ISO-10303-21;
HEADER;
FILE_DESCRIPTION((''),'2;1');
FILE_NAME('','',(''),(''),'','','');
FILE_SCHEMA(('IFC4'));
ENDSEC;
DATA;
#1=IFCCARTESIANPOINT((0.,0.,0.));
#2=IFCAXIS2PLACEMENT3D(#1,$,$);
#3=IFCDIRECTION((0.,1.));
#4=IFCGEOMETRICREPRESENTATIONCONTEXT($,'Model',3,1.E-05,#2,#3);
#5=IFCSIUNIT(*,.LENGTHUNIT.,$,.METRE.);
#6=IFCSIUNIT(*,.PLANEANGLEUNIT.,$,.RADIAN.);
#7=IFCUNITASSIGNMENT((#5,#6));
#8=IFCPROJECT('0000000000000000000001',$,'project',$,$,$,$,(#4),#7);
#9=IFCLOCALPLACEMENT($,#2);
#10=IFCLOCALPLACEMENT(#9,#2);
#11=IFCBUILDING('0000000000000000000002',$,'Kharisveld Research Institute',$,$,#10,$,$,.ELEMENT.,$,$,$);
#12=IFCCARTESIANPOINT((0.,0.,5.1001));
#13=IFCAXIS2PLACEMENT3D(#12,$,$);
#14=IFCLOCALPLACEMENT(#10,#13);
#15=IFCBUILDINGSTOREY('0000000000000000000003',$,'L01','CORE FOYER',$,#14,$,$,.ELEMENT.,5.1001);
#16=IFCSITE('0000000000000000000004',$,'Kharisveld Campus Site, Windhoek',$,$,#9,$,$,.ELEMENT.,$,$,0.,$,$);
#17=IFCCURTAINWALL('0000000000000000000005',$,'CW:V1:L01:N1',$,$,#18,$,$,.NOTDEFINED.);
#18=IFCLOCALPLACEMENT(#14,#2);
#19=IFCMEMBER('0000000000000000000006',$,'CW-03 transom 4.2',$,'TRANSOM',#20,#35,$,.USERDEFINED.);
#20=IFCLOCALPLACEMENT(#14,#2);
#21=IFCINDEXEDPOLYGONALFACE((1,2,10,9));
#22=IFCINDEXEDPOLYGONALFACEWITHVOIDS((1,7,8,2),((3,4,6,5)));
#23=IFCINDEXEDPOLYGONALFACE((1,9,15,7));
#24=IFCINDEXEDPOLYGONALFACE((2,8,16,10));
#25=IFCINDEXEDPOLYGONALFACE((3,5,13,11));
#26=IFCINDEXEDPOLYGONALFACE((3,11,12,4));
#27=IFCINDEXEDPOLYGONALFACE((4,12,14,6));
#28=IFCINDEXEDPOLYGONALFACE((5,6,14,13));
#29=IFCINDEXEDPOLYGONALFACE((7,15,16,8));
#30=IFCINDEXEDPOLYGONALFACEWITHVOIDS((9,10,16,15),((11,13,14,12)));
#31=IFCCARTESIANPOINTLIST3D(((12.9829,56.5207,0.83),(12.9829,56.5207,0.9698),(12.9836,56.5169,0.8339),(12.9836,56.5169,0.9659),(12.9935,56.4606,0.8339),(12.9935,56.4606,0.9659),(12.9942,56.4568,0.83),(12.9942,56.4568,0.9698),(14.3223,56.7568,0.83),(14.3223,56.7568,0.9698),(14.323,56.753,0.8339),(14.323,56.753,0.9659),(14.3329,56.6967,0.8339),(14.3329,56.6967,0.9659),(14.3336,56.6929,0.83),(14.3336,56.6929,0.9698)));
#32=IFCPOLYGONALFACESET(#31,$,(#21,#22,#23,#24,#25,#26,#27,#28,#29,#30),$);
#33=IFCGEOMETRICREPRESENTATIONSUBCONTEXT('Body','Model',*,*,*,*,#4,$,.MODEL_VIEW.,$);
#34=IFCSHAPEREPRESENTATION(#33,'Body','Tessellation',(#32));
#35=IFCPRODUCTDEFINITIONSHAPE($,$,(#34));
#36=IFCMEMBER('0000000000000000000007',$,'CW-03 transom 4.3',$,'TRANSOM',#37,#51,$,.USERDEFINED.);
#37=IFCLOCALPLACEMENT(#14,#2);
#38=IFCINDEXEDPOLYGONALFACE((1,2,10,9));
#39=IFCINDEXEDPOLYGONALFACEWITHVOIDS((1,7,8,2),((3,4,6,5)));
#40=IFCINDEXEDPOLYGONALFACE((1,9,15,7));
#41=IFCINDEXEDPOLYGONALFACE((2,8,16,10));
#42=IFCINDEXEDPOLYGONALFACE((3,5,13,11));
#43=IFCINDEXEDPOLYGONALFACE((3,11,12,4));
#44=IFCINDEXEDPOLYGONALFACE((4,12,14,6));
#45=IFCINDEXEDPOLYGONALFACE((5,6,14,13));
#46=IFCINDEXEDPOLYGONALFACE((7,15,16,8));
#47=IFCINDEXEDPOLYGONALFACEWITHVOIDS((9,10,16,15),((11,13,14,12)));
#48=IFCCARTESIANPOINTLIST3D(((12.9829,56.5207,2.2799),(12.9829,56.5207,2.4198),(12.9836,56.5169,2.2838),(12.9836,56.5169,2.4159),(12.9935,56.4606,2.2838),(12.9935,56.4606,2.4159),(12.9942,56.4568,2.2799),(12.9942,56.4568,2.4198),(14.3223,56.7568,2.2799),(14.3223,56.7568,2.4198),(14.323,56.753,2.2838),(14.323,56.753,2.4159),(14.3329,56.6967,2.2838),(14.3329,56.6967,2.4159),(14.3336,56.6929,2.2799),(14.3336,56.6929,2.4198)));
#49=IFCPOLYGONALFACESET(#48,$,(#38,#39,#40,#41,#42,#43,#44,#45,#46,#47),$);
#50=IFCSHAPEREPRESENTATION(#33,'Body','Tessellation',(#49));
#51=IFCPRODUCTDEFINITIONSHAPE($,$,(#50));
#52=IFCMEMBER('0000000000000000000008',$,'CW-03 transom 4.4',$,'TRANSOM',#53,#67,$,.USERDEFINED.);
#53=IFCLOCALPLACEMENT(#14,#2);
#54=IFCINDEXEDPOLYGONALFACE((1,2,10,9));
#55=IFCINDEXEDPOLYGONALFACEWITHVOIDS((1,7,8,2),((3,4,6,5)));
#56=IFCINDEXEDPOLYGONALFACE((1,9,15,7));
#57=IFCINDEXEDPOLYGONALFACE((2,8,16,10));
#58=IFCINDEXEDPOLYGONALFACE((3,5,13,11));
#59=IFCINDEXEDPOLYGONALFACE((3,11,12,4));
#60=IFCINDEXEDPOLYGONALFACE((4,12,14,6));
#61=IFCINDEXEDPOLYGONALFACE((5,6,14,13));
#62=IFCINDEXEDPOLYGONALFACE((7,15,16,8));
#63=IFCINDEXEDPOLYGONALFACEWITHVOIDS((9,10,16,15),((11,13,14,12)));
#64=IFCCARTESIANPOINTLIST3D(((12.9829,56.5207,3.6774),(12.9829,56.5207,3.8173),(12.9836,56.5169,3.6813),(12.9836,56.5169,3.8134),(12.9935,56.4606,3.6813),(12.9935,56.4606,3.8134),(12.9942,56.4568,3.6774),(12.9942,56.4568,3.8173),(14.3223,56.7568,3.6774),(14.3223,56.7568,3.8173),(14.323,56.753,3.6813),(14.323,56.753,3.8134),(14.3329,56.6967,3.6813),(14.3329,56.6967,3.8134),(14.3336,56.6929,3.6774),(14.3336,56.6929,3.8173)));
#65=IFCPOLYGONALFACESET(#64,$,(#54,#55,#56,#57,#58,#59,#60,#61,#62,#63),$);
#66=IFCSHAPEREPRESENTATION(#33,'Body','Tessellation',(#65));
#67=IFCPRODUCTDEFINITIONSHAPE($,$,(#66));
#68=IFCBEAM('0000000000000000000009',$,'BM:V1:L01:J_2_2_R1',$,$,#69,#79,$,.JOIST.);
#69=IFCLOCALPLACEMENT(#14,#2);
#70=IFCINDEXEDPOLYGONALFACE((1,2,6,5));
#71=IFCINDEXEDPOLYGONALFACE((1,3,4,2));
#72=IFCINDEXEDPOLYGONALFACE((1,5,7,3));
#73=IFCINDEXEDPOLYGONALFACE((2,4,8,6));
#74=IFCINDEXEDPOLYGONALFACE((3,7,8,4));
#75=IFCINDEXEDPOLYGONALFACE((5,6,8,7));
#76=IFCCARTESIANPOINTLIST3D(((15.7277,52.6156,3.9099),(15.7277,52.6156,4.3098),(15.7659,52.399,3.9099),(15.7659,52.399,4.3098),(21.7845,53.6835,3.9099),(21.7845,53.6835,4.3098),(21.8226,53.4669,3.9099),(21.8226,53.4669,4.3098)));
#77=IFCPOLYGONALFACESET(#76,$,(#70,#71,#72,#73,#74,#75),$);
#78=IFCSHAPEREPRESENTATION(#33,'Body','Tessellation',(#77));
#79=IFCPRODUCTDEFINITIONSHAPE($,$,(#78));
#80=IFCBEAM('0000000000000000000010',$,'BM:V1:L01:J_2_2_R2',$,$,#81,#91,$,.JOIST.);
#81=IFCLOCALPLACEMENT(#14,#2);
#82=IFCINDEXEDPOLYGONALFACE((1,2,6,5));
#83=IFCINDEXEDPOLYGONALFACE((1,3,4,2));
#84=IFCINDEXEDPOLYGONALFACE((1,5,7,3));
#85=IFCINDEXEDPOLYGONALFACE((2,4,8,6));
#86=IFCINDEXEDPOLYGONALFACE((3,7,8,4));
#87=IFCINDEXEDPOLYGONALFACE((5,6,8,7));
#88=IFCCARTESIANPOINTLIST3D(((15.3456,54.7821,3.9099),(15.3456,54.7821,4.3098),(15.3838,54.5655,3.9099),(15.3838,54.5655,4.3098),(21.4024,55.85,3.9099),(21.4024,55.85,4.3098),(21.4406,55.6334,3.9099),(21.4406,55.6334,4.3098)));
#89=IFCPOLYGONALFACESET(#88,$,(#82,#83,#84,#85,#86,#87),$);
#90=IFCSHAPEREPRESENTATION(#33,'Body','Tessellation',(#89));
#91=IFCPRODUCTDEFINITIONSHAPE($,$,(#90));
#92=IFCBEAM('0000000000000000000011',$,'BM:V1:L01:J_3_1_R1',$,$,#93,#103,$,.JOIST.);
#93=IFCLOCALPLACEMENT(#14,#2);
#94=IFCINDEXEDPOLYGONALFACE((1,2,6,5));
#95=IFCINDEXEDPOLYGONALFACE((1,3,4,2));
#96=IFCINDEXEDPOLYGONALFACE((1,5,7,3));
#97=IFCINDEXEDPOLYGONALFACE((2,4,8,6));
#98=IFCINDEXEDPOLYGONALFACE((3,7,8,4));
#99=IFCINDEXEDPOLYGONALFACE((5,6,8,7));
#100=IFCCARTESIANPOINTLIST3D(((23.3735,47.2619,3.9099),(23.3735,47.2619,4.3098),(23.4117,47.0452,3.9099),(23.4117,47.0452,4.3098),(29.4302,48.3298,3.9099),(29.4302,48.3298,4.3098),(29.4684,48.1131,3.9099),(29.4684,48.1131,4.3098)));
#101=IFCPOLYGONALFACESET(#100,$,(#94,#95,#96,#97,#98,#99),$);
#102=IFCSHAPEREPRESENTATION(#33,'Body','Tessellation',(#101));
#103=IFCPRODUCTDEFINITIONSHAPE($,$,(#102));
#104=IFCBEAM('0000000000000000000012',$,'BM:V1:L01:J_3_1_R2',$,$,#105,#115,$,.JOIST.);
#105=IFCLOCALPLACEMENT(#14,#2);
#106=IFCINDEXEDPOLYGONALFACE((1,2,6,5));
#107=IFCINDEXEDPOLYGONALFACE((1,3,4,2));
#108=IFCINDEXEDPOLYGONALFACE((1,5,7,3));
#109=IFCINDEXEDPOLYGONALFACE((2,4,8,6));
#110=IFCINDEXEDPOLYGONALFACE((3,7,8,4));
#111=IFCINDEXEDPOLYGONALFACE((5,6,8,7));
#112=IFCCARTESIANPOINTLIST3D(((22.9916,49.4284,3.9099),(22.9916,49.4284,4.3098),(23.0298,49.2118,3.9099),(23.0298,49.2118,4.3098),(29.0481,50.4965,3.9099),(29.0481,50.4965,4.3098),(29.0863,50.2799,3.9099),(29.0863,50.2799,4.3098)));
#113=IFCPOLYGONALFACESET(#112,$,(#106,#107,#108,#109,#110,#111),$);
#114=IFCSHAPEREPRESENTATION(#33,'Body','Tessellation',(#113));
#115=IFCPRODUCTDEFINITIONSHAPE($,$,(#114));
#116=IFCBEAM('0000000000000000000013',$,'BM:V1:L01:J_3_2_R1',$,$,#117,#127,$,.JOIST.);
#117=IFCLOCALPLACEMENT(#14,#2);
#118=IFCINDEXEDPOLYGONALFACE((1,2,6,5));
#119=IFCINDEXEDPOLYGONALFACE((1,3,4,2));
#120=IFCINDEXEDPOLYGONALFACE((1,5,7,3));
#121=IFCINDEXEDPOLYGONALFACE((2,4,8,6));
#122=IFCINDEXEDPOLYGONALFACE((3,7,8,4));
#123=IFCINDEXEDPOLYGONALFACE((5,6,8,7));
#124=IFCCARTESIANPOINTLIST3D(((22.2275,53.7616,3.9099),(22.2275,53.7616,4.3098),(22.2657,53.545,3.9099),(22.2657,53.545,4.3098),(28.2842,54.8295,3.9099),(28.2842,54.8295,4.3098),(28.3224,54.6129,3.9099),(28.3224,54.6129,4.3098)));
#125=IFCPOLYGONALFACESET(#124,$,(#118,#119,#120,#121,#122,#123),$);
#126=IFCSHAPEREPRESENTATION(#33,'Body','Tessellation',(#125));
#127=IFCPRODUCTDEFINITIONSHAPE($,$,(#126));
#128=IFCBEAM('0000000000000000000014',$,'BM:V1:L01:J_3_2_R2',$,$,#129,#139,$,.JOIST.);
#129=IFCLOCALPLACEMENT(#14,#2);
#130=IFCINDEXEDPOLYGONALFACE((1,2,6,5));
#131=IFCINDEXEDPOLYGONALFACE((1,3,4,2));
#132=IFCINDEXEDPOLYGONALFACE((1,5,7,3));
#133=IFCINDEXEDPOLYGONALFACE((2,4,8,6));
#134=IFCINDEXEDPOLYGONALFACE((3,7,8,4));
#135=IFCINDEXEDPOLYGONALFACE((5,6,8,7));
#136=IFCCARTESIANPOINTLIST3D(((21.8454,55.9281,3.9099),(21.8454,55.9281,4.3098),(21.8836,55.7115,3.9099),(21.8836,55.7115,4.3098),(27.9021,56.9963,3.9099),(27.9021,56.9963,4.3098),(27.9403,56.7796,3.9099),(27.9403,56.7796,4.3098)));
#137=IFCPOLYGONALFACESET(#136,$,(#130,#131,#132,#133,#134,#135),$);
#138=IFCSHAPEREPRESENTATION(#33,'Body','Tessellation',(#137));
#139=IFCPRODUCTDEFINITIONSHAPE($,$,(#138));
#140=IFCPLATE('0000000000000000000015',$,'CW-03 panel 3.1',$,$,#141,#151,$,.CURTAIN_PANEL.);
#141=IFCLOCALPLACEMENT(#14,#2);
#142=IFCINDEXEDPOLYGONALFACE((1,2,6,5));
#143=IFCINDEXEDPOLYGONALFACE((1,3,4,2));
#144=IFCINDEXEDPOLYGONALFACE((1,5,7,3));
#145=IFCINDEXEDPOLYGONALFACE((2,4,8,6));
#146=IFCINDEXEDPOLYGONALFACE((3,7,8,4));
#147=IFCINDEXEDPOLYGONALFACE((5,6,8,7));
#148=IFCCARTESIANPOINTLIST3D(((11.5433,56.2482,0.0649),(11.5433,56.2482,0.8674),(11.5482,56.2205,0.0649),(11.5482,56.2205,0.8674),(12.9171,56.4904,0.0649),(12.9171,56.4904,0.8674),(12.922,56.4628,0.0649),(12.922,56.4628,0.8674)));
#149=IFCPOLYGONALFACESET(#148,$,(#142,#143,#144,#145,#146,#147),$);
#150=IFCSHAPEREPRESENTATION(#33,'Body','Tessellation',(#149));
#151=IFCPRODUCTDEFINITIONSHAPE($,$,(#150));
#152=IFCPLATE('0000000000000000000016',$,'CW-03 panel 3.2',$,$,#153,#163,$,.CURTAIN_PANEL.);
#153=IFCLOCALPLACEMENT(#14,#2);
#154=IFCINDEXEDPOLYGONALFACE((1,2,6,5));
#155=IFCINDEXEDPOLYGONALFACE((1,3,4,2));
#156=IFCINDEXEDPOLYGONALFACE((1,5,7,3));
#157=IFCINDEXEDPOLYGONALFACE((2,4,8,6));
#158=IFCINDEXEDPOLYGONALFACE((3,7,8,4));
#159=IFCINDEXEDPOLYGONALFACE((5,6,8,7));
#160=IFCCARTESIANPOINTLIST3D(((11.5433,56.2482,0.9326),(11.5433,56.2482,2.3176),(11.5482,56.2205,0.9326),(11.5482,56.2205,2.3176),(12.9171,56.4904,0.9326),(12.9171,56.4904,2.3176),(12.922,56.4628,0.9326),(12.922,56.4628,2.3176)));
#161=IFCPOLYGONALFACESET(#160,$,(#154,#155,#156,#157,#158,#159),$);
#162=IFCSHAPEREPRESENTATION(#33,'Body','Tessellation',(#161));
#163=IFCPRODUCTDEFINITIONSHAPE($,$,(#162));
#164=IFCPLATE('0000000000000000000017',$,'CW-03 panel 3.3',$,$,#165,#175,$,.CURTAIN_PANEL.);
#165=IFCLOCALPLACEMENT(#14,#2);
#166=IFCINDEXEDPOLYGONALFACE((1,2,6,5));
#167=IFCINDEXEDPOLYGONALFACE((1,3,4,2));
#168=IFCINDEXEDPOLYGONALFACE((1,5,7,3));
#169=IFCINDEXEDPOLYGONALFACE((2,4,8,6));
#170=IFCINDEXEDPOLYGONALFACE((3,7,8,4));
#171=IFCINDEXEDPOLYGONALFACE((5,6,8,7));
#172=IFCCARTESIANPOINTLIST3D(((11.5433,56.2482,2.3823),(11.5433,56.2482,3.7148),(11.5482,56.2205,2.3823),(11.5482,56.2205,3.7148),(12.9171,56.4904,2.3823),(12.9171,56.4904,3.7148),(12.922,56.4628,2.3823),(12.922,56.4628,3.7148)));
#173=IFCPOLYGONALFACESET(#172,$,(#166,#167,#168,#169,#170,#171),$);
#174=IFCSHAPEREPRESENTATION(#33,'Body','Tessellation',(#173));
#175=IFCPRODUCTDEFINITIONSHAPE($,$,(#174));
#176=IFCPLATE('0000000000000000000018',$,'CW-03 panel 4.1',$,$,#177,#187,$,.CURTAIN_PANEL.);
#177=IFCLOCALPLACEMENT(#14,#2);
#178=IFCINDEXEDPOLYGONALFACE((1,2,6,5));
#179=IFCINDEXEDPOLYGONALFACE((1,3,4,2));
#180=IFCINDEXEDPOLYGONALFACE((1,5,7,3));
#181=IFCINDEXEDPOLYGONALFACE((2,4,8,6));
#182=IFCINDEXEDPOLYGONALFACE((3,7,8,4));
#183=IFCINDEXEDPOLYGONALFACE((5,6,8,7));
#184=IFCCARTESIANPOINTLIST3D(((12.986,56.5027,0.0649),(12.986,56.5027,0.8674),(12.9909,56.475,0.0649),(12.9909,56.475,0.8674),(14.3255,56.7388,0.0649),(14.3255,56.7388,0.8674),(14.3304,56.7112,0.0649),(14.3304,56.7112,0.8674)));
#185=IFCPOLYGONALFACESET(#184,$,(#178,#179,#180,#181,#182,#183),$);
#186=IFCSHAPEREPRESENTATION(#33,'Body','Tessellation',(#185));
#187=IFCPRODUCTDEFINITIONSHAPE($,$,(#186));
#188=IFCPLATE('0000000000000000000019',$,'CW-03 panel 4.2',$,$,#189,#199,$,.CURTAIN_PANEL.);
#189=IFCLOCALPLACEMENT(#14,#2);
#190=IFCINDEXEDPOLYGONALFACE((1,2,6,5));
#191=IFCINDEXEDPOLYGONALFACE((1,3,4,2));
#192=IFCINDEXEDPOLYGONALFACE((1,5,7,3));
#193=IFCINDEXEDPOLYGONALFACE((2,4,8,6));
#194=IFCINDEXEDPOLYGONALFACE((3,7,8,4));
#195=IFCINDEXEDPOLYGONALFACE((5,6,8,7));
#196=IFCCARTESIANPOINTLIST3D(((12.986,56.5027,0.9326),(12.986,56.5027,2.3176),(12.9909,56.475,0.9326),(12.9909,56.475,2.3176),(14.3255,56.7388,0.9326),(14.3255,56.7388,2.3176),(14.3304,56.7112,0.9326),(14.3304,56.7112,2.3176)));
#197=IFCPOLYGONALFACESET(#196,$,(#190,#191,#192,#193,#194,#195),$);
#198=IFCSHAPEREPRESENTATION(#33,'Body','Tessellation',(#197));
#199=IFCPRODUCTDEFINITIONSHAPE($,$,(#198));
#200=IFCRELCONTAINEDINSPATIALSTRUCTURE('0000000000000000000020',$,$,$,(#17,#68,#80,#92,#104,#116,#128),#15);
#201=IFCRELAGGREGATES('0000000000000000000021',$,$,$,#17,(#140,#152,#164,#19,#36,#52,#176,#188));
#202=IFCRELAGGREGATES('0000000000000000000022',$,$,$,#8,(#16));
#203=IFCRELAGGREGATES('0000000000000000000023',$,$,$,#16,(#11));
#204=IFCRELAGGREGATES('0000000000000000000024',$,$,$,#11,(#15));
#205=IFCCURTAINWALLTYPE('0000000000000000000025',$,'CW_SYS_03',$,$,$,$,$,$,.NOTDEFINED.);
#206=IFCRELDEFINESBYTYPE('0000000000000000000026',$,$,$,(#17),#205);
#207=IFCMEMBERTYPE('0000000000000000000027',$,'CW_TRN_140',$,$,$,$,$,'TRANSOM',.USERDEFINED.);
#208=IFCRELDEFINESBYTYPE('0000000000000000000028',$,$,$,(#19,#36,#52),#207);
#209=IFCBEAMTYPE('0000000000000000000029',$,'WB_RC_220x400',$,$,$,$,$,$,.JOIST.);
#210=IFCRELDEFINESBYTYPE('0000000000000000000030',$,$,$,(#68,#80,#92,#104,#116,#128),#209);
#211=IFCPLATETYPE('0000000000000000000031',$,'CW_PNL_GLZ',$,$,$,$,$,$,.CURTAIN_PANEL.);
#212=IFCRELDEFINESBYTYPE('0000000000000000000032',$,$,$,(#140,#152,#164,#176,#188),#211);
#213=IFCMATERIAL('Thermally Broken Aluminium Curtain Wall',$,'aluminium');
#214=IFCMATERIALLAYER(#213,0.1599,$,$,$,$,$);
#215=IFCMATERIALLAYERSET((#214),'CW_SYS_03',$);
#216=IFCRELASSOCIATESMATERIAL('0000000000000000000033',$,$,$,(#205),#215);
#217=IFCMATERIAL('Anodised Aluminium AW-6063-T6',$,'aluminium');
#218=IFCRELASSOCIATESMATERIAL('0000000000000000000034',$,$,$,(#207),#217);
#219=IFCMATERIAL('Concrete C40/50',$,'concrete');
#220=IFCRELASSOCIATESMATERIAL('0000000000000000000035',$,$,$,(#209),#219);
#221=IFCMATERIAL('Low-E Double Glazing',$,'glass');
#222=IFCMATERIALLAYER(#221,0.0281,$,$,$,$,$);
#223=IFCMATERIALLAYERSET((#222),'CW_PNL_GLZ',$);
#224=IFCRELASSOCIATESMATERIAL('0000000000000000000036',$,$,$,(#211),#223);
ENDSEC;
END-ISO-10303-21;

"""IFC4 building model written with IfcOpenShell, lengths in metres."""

from ifc_helpers import new_model, si_unit, direction, frame, origin, origin_2d, place, context, subcontext, project, spatial, rectangle, hollow_rectangle, extrude, material, layer, layer_set, material_profile, profile_set, type_object, element, aggregate, save


model = new_model("IFC4")

# Units and contexts
model_context = context("Model", 3, precision=1e-05, world=origin(), true_north=direction((0.0, 1.0)))
body_context = subcontext(model_context, "Body", "Model", "MODEL_VIEW")
ifc_project = project(units=[si_unit("LENGTHUNIT", "METRE"), si_unit("PLANEANGLEUNIT", "RADIAN")], contexts=[model_context])

# Site, building, storey
site_placement = place(None, origin())
site = spatial("IfcSite", under=ifc_project, at=site_placement, Name="Kharisveld Campus Site, Windhoek", CompositionType="ELEMENT", RefElevation=0.0)
building_placement = place(site_placement, origin())
building = spatial("IfcBuilding", under=site, at=building_placement, Name="Kharisveld Research Institute", CompositionType="ELEMENT")
storey_placement = place(building_placement, frame((0.0, 0.0, 5.1001)))
storey = spatial("IfcBuildingStorey", under=building, at=storey_placement, Name="L01", Description="CORE FOYER", CompositionType="ELEMENT", Elevation=5.1001)

# Curtain wall, members
ifc_material_1 = material(Name="Thermally Broken Aluminium Curtain Wall", Category="aluminium")
ifc_layer_1 = layer(ifc_material_1, 0.1599)
ifc_layer_set_1 = layer_set([ifc_layer_1], Name="CW_SYS_03")
curtain_wall_type = type_object("IfcCurtainWallType", Name="CW_SYS_03", PredefinedType="NOTDEFINED", material=ifc_layer_set_1)
curtain_wall_placement = place(storey_placement, origin())
curtain_wall = element("IfcCurtainWall", 1, at=curtain_wall_placement, inside=storey, type_object=curtain_wall_type, Name="CW:V1:L01:N1", PredefinedType="NOTDEFINED")
ifc_material_2 = material(Name="Anodised Aluminium AW-6063-T6", Category="aluminium")
ifc_material_profile_1 = material_profile(ifc_material_2, hollow_rectangle(XDim=0.0649, YDim=0.1399, WallThickness=0.0039, at=origin_2d()))
ifc_profile_set_1 = profile_set([ifc_material_profile_1], Name="Anodised Aluminium AW-6063-T6")
member_type_1 = type_object("IfcMemberType", Name="CW_TRN_140", ElementType="TRANSOM", PredefinedType="USERDEFINED", material=ifc_profile_set_1)
member_1_placement = place(storey_placement, frame((12.9885, 56.4888, 0.8999), z_axis=(0.984818, 0.173591, 0.0), x_axis=(-0.173591, 0.984818, 0.0)))
member_1 = element("IfcMember", 2, at=member_1_placement, type_object=member_type_1, Name="CW-03 transom 4.2", ObjectType="TRANSOM", PredefinedType="USERDEFINED", context=body_context, shape_type="SweptSolid", body=[
    extrude(hollow_rectangle(XDim=0.0649, YDim=0.1399, WallThickness=0.0039, at=origin_2d()), origin(), (0.0, 0.0, 1.0), 1.3601),
])
member_2_placement = place(storey_placement, frame((12.9885, 56.4888, 2.3499), z_axis=(0.984818, 0.173591, 0.0), x_axis=(-0.173591, 0.984818, 0.0)))
member_2 = element("IfcMember", 3, at=member_2_placement, type_object=member_type_1, Name="CW-03 transom 4.3", ObjectType="TRANSOM", PredefinedType="USERDEFINED", context=body_context, shape_type="SweptSolid", body=[
    extrude(hollow_rectangle(XDim=0.0649, YDim=0.1399, WallThickness=0.0039, at=origin_2d()), origin(), (0.0, 0.0, 1.0), 1.3601),
])
member_3_placement = place(storey_placement, frame((12.9885, 56.4888, 3.7473), z_axis=(0.984818, 0.173591, 0.0), x_axis=(-0.173591, 0.984818, 0.0)))
member_3 = element("IfcMember", 4, at=member_3_placement, type_object=member_type_1, Name="CW-03 transom 4.4", ObjectType="TRANSOM", PredefinedType="USERDEFINED", context=body_context, shape_type="SweptSolid", body=[
    extrude(hollow_rectangle(XDim=0.0649, YDim=0.1399, WallThickness=0.0039, at=origin_2d()), origin(), (0.0, 0.0, 1.0), 1.3601),
])

# Beams
ifc_material_3 = material(Name="Concrete C40/50", Category="concrete")
ifc_material_profile_2 = material_profile(ifc_material_3, rectangle(XDim=0.22, YDim=0.3999, at=origin_2d()))
ifc_profile_set_2 = profile_set([ifc_material_profile_2], Name="Concrete C40/50")
beam_type_1 = type_object("IfcBeamType", Name="WB_RC_220x400", PredefinedType="JOIST", material=ifc_profile_set_2)
for number, where, z_axis, x_axis, name in (
    (5, (15.7468, 52.5073, 4.1099), (0.98481, 0.173636, 0.0), (-0.173636, 0.98481, 0.0), "BM:V1:L01:J_2_2_R1"),
    (6, (15.3647, 54.6738, 4.1099), (0.98481, 0.173636, 0.0), (-0.173636, 0.98481, 0.0), "BM:V1:L01:J_2_2_R2"),
    (7, (23.3926, 47.1536, 4.1099), (0.98481, 0.173636, 0.0), (-0.173636, 0.98481, 0.0), "BM:V1:L01:J_3_1_R1"),
):
    element("IfcBeam", number, at=place(storey_placement, frame(where, z_axis=z_axis, x_axis=x_axis)), inside=storey, type_object=beam_type_1, Name=name, PredefinedType="JOIST", context=body_context, shape_type="SweptSolid", body=[
        extrude(rectangle(XDim=0.22, YDim=0.3999, at=origin_2d()), origin(), (0.0, 0.0, 1.0), 6.1501),
    ])
beam_placement = place(storey_placement, frame((23.0107, 49.3201, 4.1099), z_axis=(0.984802, 0.173681, 0.0), x_axis=(-0.173681, 0.984802, 0.0)))
element("IfcBeam", 8, at=beam_placement, inside=storey, type_object=beam_type_1, Name="BM:V1:L01:J_3_1_R2", PredefinedType="JOIST", context=body_context, shape_type="SweptSolid", body=[
    extrude(rectangle(XDim=0.22, YDim=0.3999, at=origin_2d()), origin(), (0.0, 0.0, 1.0), 6.1499),
])
for number, where, z_axis, x_axis, name in (
    (9, (22.2466, 53.6533, 4.1099), (0.98481, 0.173636, 0.0), (-0.173636, 0.98481, 0.0), "BM:V1:L01:J_3_2_R1"),
    (10, (21.8645, 55.8198, 4.1099), (0.984803, 0.173674, 0.0), (-0.173674, 0.984803, 0.0), "BM:V1:L01:J_3_2_R2"),
):
    element("IfcBeam", number, at=place(storey_placement, frame(where, z_axis=z_axis, x_axis=x_axis)), inside=storey, type_object=beam_type_1, Name=name, PredefinedType="JOIST", context=body_context, shape_type="SweptSolid", body=[
        extrude(rectangle(XDim=0.22, YDim=0.3999, at=origin_2d()), origin(), (0.0, 0.0, 1.0), 6.1501),
    ])

# Plates
ifc_material_4 = material(Name="Low-E Double Glazing", Category="glass")
ifc_layer_2 = layer(ifc_material_4, 0.0281)
ifc_layer_set_2 = layer_set([ifc_layer_2], Name="CW_PNL_GLZ")
plate_type = type_object("IfcPlateType", Name="CW_PNL_GLZ", PredefinedType="CURTAIN_PANEL", material=ifc_layer_set_2)
plate_1_placement = place(storey_placement, frame((12.2327, 56.3555, 0.0649), z_axis=(0.0, 0.0, 1.0), x_axis=(0.984808, 0.173648, 0.0)))
plate_1 = element("IfcPlate", 11, at=plate_1_placement, type_object=plate_type, Name="CW-03 panel 3.1", PredefinedType="CURTAIN_PANEL", context=body_context, shape_type="SweptSolid", body=[
    extrude(rectangle(XDim=1.395, YDim=0.0281, at=origin_2d()), origin(), (0.0, 0.0, 1.0), 0.8025),
])
plate_2_placement = place(storey_placement, frame((12.2327, 56.3555, 0.9326), z_axis=(0.0, 0.0, 1.0), x_axis=(0.984808, 0.173648, 0.0)))
plate_2 = element("IfcPlate", 12, at=plate_2_placement, type_object=plate_type, Name="CW-03 panel 3.2", PredefinedType="CURTAIN_PANEL", context=body_context, shape_type="SweptSolid", body=[
    extrude(rectangle(XDim=1.395, YDim=0.0281, at=origin_2d()), origin(), (0.0, 0.0, 1.0), 1.385),
])
plate_3_placement = place(storey_placement, frame((12.2327, 56.3555, 2.3823), z_axis=(0.0, 0.0, 1.0), x_axis=(0.984808, 0.173648, 0.0)))
plate_3 = element("IfcPlate", 13, at=plate_3_placement, type_object=plate_type, Name="CW-03 panel 3.3", PredefinedType="CURTAIN_PANEL", context=body_context, shape_type="SweptSolid", body=[
    extrude(rectangle(XDim=1.395, YDim=0.0281, at=origin_2d()), origin(), (0.0, 0.0, 1.0), 1.3325),
])
plate_4_placement = place(storey_placement, frame((13.6582, 56.6069, 0.0649), z_axis=(0.0, 0.0, 1.0), x_axis=(0.984808, 0.173648, 0.0)))
plate_4 = element("IfcPlate", 14, at=plate_4_placement, type_object=plate_type, Name="CW-03 panel 4.1", PredefinedType="CURTAIN_PANEL", context=body_context, shape_type="SweptSolid", body=[
    extrude(rectangle(XDim=1.3601, YDim=0.0281, at=origin_2d()), origin(), (0.0, 0.0, 1.0), 0.8025),
])
plate_5_placement = place(storey_placement, frame((13.6582, 56.6069, 0.9326), z_axis=(0.0, 0.0, 1.0), x_axis=(0.984808, 0.173648, 0.0)))
plate_5 = element("IfcPlate", 15, at=plate_5_placement, type_object=plate_type, Name="CW-03 panel 4.2", PredefinedType="CURTAIN_PANEL", context=body_context, shape_type="SweptSolid", body=[
    extrude(rectangle(XDim=1.3601, YDim=0.0281, at=origin_2d()), origin(), (0.0, 0.0, 1.0), 1.385),
])
aggregate(curtain_wall, [plate_1, plate_2, plate_3, member_1, member_2, member_3, plate_4, plate_5])

save(model, "model.ifc")
